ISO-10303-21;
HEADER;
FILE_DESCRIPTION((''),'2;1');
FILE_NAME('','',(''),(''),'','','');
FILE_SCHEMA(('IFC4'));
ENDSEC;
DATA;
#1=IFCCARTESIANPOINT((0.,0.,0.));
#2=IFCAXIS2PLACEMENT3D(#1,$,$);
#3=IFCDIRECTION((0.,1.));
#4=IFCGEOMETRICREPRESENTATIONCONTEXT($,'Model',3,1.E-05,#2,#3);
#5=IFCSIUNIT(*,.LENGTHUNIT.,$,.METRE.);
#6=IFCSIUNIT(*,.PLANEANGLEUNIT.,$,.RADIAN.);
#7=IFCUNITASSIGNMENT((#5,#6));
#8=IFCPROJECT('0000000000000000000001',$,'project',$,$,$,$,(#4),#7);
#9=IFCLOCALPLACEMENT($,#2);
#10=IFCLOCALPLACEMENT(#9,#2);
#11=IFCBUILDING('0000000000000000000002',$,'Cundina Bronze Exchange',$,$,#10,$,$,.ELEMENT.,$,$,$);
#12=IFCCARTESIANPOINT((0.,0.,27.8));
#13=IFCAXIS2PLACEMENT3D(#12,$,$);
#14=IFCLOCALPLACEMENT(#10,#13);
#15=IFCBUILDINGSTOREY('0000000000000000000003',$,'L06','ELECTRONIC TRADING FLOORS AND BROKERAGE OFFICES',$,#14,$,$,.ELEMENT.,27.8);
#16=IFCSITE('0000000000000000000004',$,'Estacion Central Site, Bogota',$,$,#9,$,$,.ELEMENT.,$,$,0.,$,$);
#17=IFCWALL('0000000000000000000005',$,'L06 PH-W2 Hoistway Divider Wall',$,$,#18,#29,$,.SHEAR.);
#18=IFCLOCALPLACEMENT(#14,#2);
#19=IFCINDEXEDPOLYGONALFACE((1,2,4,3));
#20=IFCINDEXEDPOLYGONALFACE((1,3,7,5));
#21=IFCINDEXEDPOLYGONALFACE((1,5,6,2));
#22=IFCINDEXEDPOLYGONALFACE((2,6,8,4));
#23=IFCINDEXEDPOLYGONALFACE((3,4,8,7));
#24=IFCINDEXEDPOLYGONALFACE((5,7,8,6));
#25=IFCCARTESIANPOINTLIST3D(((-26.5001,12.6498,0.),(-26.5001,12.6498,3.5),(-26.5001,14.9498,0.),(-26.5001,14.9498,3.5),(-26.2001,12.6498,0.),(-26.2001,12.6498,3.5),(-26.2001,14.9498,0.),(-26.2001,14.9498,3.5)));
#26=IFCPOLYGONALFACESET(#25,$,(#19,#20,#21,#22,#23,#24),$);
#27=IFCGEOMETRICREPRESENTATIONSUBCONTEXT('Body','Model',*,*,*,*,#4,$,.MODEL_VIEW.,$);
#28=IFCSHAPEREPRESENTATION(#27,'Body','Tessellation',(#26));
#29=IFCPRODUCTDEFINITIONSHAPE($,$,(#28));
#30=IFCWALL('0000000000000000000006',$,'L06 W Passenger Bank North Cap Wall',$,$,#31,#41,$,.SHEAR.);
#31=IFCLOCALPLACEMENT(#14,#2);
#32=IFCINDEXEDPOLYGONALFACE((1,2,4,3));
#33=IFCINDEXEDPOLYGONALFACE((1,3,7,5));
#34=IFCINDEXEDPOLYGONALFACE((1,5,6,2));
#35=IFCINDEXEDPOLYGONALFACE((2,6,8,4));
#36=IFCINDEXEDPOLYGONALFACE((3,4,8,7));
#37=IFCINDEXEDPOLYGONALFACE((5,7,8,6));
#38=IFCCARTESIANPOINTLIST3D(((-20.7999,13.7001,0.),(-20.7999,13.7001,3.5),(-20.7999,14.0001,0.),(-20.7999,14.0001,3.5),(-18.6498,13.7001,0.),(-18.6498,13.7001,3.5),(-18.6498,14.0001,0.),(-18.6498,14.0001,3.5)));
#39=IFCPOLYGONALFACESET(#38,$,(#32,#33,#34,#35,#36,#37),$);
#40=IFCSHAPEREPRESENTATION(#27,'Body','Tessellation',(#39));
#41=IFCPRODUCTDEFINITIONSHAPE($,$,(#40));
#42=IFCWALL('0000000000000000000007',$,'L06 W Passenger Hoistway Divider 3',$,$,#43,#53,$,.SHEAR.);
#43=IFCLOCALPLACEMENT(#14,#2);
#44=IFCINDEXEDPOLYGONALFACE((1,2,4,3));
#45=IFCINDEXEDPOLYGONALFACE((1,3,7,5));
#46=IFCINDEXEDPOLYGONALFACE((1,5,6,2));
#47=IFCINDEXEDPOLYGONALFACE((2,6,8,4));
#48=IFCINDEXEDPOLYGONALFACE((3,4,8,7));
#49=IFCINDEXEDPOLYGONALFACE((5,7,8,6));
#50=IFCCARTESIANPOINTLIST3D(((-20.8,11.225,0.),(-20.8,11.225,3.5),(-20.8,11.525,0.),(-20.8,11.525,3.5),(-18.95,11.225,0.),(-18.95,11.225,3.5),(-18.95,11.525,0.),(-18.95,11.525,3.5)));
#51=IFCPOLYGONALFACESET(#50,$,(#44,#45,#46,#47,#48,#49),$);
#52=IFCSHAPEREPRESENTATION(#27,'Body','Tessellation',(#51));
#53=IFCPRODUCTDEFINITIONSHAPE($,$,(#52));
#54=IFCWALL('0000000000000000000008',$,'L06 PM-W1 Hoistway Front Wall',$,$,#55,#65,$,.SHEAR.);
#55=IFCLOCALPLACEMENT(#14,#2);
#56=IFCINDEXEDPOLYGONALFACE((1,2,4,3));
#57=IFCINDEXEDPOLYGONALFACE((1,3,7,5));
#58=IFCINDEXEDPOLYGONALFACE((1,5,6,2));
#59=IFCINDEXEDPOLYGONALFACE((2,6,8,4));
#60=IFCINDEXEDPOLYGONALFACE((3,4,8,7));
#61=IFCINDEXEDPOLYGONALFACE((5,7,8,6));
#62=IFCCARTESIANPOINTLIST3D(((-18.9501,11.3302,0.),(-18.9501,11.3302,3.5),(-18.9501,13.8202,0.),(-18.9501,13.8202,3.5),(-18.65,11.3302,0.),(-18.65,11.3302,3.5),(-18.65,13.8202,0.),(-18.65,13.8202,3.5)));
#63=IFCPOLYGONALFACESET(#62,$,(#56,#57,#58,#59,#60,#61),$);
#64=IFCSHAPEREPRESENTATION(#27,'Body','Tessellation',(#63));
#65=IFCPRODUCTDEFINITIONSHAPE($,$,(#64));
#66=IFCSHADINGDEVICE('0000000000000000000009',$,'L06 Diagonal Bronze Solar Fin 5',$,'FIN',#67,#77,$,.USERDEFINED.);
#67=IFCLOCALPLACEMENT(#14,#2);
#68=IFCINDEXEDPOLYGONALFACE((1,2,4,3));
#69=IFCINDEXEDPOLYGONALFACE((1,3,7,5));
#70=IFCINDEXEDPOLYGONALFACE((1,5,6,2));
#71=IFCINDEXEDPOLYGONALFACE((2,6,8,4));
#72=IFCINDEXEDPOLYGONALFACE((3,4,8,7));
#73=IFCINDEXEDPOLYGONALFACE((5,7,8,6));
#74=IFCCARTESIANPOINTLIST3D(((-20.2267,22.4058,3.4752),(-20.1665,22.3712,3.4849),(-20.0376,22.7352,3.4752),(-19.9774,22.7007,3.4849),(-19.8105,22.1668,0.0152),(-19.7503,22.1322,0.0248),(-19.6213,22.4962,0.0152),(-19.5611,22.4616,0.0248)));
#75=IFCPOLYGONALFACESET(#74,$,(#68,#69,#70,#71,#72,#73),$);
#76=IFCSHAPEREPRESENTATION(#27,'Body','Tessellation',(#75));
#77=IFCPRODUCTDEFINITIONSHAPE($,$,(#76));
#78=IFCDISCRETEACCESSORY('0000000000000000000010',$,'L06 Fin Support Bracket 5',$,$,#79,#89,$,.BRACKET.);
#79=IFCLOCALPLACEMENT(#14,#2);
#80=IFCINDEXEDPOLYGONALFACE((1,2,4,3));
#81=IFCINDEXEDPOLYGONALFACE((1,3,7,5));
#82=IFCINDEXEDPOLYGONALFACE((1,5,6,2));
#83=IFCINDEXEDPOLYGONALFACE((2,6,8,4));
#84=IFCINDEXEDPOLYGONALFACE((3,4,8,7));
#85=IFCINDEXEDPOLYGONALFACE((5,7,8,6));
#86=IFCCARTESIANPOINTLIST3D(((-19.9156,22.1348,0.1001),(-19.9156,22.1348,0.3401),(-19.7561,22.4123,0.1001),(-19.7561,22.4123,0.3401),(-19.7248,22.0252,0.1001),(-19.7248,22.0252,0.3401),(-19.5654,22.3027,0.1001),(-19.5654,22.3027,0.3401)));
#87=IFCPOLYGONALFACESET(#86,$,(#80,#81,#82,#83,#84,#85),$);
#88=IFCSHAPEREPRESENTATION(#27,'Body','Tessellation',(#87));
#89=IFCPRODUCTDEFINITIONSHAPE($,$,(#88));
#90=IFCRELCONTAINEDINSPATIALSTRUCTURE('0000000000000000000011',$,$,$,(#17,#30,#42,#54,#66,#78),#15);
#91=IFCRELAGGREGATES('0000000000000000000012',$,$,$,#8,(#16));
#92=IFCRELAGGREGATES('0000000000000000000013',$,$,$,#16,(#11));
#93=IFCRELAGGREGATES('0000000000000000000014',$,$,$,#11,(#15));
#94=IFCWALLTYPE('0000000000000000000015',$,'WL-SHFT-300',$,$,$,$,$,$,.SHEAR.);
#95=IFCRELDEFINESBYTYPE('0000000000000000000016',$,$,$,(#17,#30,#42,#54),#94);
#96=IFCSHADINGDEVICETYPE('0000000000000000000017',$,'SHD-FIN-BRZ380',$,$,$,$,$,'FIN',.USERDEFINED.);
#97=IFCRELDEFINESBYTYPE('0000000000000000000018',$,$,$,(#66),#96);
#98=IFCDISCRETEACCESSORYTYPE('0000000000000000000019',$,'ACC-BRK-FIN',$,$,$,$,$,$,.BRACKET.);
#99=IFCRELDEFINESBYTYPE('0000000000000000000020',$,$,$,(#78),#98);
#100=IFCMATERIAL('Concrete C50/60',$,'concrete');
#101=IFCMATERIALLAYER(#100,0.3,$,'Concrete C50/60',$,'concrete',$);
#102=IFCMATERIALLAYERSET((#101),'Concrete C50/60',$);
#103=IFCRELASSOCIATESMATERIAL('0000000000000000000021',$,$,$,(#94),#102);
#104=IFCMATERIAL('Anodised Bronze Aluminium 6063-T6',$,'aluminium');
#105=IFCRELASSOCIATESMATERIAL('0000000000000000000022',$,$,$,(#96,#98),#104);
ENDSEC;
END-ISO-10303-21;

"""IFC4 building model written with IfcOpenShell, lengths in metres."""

from ifc_helpers import new_model, si_unit, direction, frame, frame_2d, origin, origin_2d, place, context, subcontext, project, spatial, rectangle, extrude, material, layer, layer_set, material_profile, profile_set, type_object, element, save


model = new_model("IFC4")

# Units and contexts
model_context = context("Model", 3, precision=1e-05, world=origin(), true_north=direction((0.0, 1.0)))
body_context = subcontext(model_context, "Body", "Model", "MODEL_VIEW")
ifc_project = project(units=[si_unit("LENGTHUNIT", "METRE"), si_unit("PLANEANGLEUNIT", "RADIAN")], contexts=[model_context])

# Site, building, storey
site_placement = place(None, origin())
site = spatial("IfcSite", under=ifc_project, at=site_placement, Name="Estacion Central Site, Bogota", CompositionType="ELEMENT", RefElevation=0.0)
building_placement = place(site_placement, origin())
building = spatial("IfcBuilding", under=site, at=building_placement, Name="Cundina Bronze Exchange", CompositionType="ELEMENT")
storey_placement = place(building_placement, frame((0.0, 0.0, 27.8)))
storey = spatial("IfcBuildingStorey", under=building, at=storey_placement, Name="L06", Description="ELECTRONIC TRADING FLOORS AND BROKERAGE OFFICES", CompositionType="ELEMENT", Elevation=27.8)

# Shared definitions
ifc_material_1 = material(Name="Anodised Bronze Aluminium 6063-T6", Category="aluminium")

# Shared definitions
ifc_material_2 = material(Name="Concrete C50/60", Category="concrete")
ifc_layer_1 = layer(ifc_material_2, 0.3, Name="Concrete C50/60", Category="concrete")
ifc_layer_set_1 = layer_set([ifc_layer_1], Name="Concrete C50/60")
wall_type_1 = type_object("IfcWallType", Name="WL-SHFT-300", PredefinedType="SHEAR", material=ifc_layer_set_1)

# Walls
wall_1_placement = place(storey_placement, frame((-26.3501, 12.6499, 0.0), z_axis=(0.0, 0.0, 1.0), x_axis=(0.0, 1.0, 0.0)))
element("IfcWall", 1, at=wall_1_placement, inside=storey, type_object=wall_type_1, Name="L06 PH-W2 Hoistway Divider Wall", PredefinedType="SHEAR", context=body_context, shape_type="SweptSolid", body=[
    extrude(rectangle(XDim=2.3, YDim=0.3, at=frame_2d((1.1499, 0.0))), origin(), (0.0, 0.0, 1.0), 3.5),
])
wall_2_placement = place(storey_placement, frame((-20.8, 13.8501, 0.0), z_axis=(0.0, 0.0, 1.0), x_axis=(1.0, 0.0, 0.0)))
element("IfcWall", 2, at=wall_2_placement, inside=storey, type_object=wall_type_1, Name="L06 W Passenger Bank North Cap Wall", PredefinedType="SHEAR", context=body_context, shape_type="SweptSolid", body=[
    extrude(rectangle(XDim=2.1501, YDim=0.3, at=frame_2d((1.0752, 0.0))), origin(), (0.0, 0.0, 1.0), 3.5),
])
wall_3_placement = place(storey_placement, frame((-20.8, 11.375, 0.0), z_axis=(0.0, 0.0, 1.0), x_axis=(1.0, 0.0, 0.0)))
element("IfcWall", 3, at=wall_3_placement, inside=storey, type_object=wall_type_1, Name="L06 W Passenger Hoistway Divider 3", PredefinedType="SHEAR", context=body_context, shape_type="SweptSolid", body=[
    extrude(rectangle(XDim=1.8501, YDim=0.3, at=frame_2d((0.925, 0.0))), origin(), (0.0, 0.0, 1.0), 3.5),
])
wall_4_placement = place(storey_placement, frame((-18.8, 11.3301, 0.0), z_axis=(0.0, 0.0, 1.0), x_axis=(0.0, 1.0, 0.0)))
element("IfcWall", 4, at=wall_4_placement, inside=storey, type_object=wall_type_1, Name="L06 PM-W1 Hoistway Front Wall", PredefinedType="SHEAR", context=body_context, shape_type="SweptSolid", body=[
    extrude(rectangle(XDim=2.49, YDim=0.3, at=frame_2d((1.2451, 0.0))), origin(), (0.0, 0.0, 1.0), 3.5),
])

# Shading device
ifc_material_profile_1 = material_profile(ifc_material_1, rectangle(XDim=0.0701, YDim=0.3799, at=origin_2d()), Name="FIN70X380", Category="aluminium")
ifc_profile_set_1 = profile_set([ifc_material_profile_1], Name="Anodised Bronze Aluminium 6063-T6")
shading_device_type = type_object("IfcShadingDeviceType", Name="SHD-FIN-BRZ380", ElementType="FIN", PredefinedType="USERDEFINED", material=ifc_profile_set_1)
shading_device_placement = place(storey_placement, frame((-19.6858, 22.3142, 0.02), z_axis=(-0.119166, 0.068425, 0.990514), x_axis=(0.858982, -0.493222, 0.137414)))
element("IfcShadingDevice", 5, at=shading_device_placement, inside=storey, type_object=shading_device_type, Name="L06 Diagonal Bronze Solar Fin 5", ObjectType="FIN", PredefinedType="USERDEFINED", context=body_context, shape_type="SweptSolid", body=[
    extrude(rectangle(XDim=0.0701, YDim=0.3799, at=origin_2d()), origin(), (0.0, 0.0, 1.0), 3.4932),
])

# Discrete accessory
discrete_accessory_type = type_object("IfcDiscreteAccessoryType", Name="ACC-BRK-FIN", PredefinedType="BRACKET", material=ifc_material_1)
discrete_accessory_placement = place(storey_placement, frame((-19.7405, 22.2188, 0.1001), z_axis=(0.0, 0.0, 1.0), x_axis=(-0.867105, 0.498125, 0.0)))
element("IfcDiscreteAccessory", 6, at=discrete_accessory_placement, inside=storey, type_object=discrete_accessory_type, Name="L06 Fin Support Bracket 5", PredefinedType="BRACKET", context=body_context, shape_type="SweptSolid", body=[
    extrude(rectangle(XDim=0.22, YDim=0.3201, at=origin_2d()), origin(), (0.0, 0.0, 1.0), 0.24),
])

save(model, "model.ifc")
